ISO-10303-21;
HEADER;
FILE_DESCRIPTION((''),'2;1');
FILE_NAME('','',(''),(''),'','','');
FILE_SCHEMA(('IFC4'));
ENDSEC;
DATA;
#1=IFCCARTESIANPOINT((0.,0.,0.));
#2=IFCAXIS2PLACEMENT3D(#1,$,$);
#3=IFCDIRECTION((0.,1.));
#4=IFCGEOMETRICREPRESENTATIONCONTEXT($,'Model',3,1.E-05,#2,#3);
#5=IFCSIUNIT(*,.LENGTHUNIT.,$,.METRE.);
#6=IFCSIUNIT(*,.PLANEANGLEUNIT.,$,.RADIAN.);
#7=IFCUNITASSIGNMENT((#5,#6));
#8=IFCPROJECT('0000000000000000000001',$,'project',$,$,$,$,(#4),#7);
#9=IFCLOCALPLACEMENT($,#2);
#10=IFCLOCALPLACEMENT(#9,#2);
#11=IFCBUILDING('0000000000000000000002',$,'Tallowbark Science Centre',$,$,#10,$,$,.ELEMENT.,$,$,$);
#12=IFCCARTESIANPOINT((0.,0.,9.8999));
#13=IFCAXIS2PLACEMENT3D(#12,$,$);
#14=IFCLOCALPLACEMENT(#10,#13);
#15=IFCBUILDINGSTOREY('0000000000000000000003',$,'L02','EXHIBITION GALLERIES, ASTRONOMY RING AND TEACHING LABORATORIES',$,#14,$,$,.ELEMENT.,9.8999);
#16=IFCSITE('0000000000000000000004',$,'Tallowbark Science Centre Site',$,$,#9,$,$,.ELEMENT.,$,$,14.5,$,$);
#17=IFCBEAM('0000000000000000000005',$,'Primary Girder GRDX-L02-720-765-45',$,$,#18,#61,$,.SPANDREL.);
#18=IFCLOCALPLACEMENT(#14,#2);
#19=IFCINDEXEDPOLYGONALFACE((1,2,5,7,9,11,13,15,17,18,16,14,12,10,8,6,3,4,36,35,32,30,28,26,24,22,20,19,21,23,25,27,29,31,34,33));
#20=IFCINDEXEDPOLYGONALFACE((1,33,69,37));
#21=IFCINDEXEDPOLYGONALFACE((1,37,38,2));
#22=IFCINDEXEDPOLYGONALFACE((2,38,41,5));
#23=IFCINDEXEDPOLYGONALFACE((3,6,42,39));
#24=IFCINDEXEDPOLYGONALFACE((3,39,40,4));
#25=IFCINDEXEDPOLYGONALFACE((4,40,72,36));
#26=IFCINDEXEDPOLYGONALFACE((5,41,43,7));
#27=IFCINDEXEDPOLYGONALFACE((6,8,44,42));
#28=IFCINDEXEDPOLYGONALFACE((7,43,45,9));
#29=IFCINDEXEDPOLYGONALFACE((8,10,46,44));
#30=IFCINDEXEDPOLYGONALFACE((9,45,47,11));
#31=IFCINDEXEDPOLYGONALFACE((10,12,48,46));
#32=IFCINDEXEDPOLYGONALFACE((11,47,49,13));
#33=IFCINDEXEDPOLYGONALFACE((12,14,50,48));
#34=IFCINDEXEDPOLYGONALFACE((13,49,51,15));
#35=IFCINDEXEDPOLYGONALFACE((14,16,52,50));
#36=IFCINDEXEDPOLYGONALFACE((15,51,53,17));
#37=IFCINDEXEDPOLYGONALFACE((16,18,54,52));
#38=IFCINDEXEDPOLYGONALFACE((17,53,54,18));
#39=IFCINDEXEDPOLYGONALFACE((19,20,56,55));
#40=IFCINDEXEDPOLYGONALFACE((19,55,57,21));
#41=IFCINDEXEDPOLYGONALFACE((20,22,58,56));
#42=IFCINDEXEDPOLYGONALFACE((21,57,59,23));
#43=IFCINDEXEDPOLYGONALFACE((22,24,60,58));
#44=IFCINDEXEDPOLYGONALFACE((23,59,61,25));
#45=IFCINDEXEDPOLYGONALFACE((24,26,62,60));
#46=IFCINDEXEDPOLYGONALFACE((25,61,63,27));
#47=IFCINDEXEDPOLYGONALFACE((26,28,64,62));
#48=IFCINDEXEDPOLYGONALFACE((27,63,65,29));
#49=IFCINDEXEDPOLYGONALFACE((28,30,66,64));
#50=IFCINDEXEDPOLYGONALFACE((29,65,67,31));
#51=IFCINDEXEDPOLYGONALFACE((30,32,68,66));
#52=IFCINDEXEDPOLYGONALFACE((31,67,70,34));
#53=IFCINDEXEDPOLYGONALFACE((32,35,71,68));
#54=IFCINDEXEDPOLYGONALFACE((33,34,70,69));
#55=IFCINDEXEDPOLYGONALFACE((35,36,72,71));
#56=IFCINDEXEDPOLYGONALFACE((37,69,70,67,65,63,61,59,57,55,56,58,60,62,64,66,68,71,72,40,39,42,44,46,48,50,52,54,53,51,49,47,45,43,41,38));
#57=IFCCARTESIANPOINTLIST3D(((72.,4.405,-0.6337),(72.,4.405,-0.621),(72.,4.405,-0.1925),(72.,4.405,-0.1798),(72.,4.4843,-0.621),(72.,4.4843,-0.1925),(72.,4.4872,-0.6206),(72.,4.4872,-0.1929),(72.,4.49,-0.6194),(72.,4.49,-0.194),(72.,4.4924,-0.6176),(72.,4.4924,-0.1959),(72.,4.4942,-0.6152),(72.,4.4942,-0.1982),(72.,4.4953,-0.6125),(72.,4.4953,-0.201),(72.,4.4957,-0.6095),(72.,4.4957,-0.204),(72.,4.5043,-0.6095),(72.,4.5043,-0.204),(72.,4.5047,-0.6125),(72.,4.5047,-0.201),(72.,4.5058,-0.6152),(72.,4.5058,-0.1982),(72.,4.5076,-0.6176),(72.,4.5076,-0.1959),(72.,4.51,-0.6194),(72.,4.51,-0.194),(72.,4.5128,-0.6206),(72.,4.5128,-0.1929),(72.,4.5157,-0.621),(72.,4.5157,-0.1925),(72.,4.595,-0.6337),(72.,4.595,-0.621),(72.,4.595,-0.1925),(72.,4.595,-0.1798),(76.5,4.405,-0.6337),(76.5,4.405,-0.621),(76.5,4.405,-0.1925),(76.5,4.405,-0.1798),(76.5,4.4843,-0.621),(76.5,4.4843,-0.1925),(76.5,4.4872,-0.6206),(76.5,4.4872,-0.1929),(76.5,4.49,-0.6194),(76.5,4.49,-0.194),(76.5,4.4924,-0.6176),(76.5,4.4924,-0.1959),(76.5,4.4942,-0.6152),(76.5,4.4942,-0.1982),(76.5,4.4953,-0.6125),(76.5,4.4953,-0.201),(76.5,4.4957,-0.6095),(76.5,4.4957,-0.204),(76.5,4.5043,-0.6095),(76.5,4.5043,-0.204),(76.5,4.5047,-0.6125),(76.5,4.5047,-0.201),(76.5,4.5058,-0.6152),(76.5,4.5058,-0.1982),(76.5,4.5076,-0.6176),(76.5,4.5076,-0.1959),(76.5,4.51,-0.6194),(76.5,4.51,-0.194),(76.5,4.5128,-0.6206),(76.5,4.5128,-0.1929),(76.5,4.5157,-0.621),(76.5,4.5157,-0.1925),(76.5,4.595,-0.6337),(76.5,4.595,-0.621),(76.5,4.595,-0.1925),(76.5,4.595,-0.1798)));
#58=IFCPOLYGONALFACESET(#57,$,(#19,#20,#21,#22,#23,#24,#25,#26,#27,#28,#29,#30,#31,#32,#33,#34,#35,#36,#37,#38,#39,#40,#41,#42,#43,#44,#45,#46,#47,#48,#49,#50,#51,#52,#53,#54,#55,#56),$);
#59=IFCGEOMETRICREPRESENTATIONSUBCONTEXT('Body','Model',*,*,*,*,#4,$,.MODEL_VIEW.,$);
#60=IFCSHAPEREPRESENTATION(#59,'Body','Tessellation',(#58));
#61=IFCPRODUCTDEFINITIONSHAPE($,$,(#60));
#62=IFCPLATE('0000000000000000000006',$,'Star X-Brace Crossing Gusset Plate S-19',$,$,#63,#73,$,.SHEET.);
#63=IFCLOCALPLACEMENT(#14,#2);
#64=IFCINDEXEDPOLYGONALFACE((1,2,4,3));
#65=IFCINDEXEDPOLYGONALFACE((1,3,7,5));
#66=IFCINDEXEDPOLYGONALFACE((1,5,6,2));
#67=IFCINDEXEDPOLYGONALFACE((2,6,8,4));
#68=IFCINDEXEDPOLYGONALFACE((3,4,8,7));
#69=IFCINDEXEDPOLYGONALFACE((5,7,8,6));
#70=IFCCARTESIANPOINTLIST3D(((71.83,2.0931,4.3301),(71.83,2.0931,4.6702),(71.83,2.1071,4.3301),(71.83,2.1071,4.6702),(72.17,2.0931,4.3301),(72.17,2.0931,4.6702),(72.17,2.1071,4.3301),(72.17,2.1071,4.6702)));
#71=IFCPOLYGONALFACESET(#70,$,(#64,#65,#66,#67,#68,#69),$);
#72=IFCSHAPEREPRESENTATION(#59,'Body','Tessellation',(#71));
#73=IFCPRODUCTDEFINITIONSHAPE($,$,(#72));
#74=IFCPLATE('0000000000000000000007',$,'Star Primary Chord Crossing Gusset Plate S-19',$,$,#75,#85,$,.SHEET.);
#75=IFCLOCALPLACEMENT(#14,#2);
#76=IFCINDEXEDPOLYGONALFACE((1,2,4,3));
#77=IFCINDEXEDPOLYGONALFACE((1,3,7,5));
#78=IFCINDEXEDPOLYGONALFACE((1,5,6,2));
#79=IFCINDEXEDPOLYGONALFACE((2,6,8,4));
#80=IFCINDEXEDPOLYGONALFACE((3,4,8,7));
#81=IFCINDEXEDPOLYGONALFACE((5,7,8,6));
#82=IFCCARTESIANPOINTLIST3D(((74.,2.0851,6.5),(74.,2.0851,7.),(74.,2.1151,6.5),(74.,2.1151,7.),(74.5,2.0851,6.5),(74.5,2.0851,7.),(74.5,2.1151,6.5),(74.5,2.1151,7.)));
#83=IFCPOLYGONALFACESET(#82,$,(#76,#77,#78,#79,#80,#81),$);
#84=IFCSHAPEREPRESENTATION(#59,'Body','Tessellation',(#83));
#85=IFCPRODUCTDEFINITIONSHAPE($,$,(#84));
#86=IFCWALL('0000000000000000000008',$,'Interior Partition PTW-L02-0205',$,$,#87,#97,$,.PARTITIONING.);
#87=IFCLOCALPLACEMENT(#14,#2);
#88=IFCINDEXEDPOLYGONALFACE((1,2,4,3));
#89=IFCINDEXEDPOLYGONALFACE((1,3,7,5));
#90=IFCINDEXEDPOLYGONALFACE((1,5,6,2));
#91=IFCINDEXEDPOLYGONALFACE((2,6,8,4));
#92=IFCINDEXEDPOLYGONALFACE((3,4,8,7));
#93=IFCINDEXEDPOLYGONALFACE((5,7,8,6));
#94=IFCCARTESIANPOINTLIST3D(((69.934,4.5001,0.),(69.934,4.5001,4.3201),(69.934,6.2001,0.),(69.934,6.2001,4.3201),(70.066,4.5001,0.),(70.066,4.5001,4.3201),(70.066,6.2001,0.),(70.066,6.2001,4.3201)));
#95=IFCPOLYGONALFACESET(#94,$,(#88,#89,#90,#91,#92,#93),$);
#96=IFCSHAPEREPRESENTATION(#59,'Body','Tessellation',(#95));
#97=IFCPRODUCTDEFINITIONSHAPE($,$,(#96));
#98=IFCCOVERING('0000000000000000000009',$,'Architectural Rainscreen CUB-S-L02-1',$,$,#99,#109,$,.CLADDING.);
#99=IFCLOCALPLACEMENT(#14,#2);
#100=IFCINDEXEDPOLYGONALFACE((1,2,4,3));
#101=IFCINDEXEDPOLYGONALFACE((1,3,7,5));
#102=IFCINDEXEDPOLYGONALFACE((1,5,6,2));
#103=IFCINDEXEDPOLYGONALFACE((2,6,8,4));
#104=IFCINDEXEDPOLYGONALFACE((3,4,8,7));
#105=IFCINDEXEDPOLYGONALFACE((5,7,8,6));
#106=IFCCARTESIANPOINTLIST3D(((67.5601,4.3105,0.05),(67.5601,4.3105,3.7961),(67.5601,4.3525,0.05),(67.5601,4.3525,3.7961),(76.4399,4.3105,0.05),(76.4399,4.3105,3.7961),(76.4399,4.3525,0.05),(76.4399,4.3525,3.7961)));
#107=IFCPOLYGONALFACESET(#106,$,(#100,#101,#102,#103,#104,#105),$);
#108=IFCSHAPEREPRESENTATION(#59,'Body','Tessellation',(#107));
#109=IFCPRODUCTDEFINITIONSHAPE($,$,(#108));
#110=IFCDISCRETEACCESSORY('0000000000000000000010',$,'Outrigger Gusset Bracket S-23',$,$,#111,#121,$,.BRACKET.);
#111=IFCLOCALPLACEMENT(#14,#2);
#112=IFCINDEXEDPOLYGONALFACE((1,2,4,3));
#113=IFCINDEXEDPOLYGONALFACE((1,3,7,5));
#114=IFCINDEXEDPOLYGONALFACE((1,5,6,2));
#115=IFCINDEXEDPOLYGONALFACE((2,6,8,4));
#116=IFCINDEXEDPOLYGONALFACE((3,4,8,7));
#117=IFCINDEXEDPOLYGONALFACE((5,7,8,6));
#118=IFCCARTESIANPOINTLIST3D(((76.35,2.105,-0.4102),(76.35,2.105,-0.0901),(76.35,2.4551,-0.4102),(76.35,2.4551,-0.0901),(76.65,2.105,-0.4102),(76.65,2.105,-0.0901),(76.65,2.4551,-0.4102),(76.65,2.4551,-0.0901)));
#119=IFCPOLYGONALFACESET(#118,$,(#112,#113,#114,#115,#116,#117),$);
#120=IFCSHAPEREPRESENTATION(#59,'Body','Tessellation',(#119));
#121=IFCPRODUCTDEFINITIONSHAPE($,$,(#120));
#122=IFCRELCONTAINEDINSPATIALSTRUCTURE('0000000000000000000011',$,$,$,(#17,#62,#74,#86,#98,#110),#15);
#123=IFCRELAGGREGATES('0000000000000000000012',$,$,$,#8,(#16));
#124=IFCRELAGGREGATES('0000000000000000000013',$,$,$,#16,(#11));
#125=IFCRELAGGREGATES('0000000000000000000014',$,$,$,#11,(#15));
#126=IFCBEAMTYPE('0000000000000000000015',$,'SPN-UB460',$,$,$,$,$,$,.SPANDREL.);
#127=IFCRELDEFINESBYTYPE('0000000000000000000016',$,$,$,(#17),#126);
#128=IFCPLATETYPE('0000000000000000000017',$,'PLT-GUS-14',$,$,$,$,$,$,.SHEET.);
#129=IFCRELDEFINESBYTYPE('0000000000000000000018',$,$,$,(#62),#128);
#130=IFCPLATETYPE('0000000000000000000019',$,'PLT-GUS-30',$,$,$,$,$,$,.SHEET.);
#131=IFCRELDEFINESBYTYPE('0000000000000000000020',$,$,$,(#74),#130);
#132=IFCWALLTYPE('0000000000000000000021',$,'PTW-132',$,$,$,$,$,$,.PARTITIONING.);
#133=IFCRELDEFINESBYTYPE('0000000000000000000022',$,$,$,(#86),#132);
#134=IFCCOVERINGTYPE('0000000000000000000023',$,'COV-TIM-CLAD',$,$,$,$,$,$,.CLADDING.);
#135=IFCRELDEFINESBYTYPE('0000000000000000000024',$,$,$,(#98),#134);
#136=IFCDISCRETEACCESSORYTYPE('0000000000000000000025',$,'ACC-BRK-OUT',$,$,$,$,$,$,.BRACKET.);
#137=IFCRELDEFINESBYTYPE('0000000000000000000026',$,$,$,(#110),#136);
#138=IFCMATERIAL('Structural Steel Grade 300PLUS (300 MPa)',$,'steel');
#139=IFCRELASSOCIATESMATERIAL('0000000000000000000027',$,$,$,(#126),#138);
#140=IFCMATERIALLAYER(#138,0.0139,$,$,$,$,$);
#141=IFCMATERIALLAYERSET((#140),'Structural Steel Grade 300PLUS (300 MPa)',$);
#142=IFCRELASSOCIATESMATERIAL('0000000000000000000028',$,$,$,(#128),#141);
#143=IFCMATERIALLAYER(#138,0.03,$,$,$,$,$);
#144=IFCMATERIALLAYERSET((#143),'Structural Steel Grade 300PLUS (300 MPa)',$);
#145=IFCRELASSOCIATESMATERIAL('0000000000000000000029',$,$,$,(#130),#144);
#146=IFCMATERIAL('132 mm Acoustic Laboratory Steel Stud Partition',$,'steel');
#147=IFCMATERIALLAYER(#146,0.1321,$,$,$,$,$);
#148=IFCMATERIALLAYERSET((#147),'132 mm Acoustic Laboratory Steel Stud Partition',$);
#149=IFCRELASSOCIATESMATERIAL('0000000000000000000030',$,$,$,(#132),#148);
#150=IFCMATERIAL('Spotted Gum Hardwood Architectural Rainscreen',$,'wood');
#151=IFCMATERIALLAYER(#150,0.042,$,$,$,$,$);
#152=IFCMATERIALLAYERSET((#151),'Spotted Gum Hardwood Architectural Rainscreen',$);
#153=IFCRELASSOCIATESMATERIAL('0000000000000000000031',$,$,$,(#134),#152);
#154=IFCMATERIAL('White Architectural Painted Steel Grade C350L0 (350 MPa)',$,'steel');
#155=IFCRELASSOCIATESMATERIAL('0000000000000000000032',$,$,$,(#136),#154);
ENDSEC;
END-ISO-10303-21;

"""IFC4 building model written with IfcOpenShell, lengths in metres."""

from ifc_helpers import new_model, si_unit, direction, frame, frame_2d, origin, origin_2d, place, context, subcontext, project, spatial, rectangle, i_section, extrude, material, layer, layer_set, material_profile, profile_set, type_object, element, save


model = new_model("IFC4")

# Units and contexts
model_context = context("Model", 3, precision=1e-05, world=origin(), true_north=direction((0.0, 1.0)))
body_context = subcontext(model_context, "Body", "Model", "MODEL_VIEW")
ifc_project = project(units=[si_unit("LENGTHUNIT", "METRE"), si_unit("PLANEANGLEUNIT", "RADIAN")], contexts=[model_context])

# Site, building, storey
site_placement = place(None, origin())
site = spatial("IfcSite", under=ifc_project, at=site_placement, Name="Tallowbark Science Centre Site", CompositionType="ELEMENT", RefElevation=14.5)
building_placement = place(site_placement, origin())
building = spatial("IfcBuilding", under=site, at=building_placement, Name="Tallowbark Science Centre", CompositionType="ELEMENT")
storey_placement = place(building_placement, frame((0.0, 0.0, 9.8999)))
storey = spatial("IfcBuildingStorey", under=building, at=storey_placement, Name="L02", Description="EXHIBITION GALLERIES, ASTRONOMY RING AND TEACHING LABORATORIES", CompositionType="ELEMENT", Elevation=9.8999)

# Shared definitions
ifc_material_1 = material(Name="White Architectural Painted Steel Grade C350L0 (350 MPa)", Category="steel")
ifc_material_2 = material(Name="Structural Steel Grade 300PLUS (300 MPa)", Category="steel")

# Beam
ifc_material_profile_1 = material_profile(ifc_material_2, i_section(OverallWidth=0.1899, OverallDepth=0.4539, WebThickness=0.0085, FlangeThickness=0.0127, FilletRadius=0.0115, at=origin_2d()), Name="460UB67.1")
ifc_profile_set_1 = profile_set([ifc_material_profile_1], Name="Structural Steel Grade 300PLUS (300 MPa)")
beam_type_1 = type_object("IfcBeamType", Name="SPN-UB460", PredefinedType="SPANDREL", material=ifc_profile_set_1)
beam_1_placement = place(storey_placement, frame((72.0, 4.5, -0.4067), z_axis=(1.0, 0.0, 0.0), x_axis=(0.0, 1.0, 0.0)))
element("IfcBeam", 1, at=beam_1_placement, inside=storey, type_object=beam_type_1, Name="Primary Girder GRDX-L02-720-765-45", PredefinedType="SPANDREL", context=body_context, shape_type="SweptSolid", body=[
    extrude(i_section(OverallWidth=0.1899, OverallDepth=0.4539, WebThickness=0.0085, FlangeThickness=0.0127, FilletRadius=0.0115, at=origin_2d()), origin(), (0.0, 0.0, 1.0), 4.5),
])

# Plates
ifc_layer_1 = layer(ifc_material_2, 0.0139)
ifc_layer_set_1 = layer_set([ifc_layer_1], Name="Structural Steel Grade 300PLUS (300 MPa)")
plate_type_1 = type_object("IfcPlateType", Name="PLT-GUS-14", PredefinedType="SHEET", material=ifc_layer_set_1)
plate_1_placement = place(storey_placement, frame((72.0, 2.1001, 4.3301), z_axis=(0.0, 0.0, 1.0), x_axis=(1.0, 0.0, 0.0)))
element("IfcPlate", 2, at=plate_1_placement, inside=storey, type_object=plate_type_1, Name="Star X-Brace Crossing Gusset Plate S-19", PredefinedType="SHEET", context=body_context, shape_type="SweptSolid", body=[
    extrude(rectangle(XDim=0.3401, YDim=0.0139, at=origin_2d()), origin(), (0.0, 0.0, 1.0), 0.3401),
])
ifc_layer_2 = layer(ifc_material_2, 0.03)
ifc_layer_set_2 = layer_set([ifc_layer_2], Name="Structural Steel Grade 300PLUS (300 MPa)")
plate_type_2 = type_object("IfcPlateType", Name="PLT-GUS-30", PredefinedType="SHEET", material=ifc_layer_set_2)
plate_2_placement = place(storey_placement, frame((74.25, 2.1001, 6.5), z_axis=(0.0, 0.0, 1.0), x_axis=(1.0, 0.0, 0.0)))
element("IfcPlate", 3, at=plate_2_placement, inside=storey, type_object=plate_type_2, Name="Star Primary Chord Crossing Gusset Plate S-19", PredefinedType="SHEET", context=body_context, shape_type="SweptSolid", body=[
    extrude(rectangle(XDim=0.5, YDim=0.03, at=origin_2d()), origin(), (0.0, 0.0, 1.0), 0.5),
])

# Wall
ifc_material_3 = material(Name="132 mm Acoustic Laboratory Steel Stud Partition", Category="steel")
ifc_layer_3 = layer(ifc_material_3, 0.1321)
ifc_layer_set_3 = layer_set([ifc_layer_3], Name="132 mm Acoustic Laboratory Steel Stud Partition")
wall_type = type_object("IfcWallType", Name="PTW-132", PredefinedType="PARTITIONING", material=ifc_layer_set_3)
wall_placement = place(storey_placement, frame((70.0, 4.5, 0.0), z_axis=(0.0, 0.0, 1.0), x_axis=(0.0, 1.0, 0.0)))
element("IfcWall", 4, at=wall_placement, inside=storey, type_object=wall_type, Name="Interior Partition PTW-L02-0205", PredefinedType="PARTITIONING", context=body_context, shape_type="SweptSolid", body=[
    extrude(rectangle(XDim=1.7, YDim=0.1321, at=frame_2d((0.8501, 0.0))), origin(), (0.0, 0.0, 1.0), 4.3201),
])

# Covering
ifc_material_4 = material(Name="Spotted Gum Hardwood Architectural Rainscreen", Category="wood")
ifc_layer_4 = layer(ifc_material_4, 0.042)
ifc_layer_set_4 = layer_set([ifc_layer_4], Name="Spotted Gum Hardwood Architectural Rainscreen")
covering_type = type_object("IfcCoveringType", Name="COV-TIM-CLAD", PredefinedType="CLADDING", material=ifc_layer_set_4)
covering_placement = place(storey_placement, frame((72.0, 4.3315, 0.05), z_axis=(0.0, 0.0, 1.0), x_axis=(1.0, 0.0, 0.0)))
element("IfcCovering", 5, at=covering_placement, inside=storey, type_object=covering_type, Name="Architectural Rainscreen CUB-S-L02-1", PredefinedType="CLADDING", context=body_context, shape_type="SweptSolid", body=[
    extrude(rectangle(XDim=8.8799, YDim=0.042, at=origin_2d()), origin(), (0.0, 0.0, 1.0), 3.7461),
])

# Discrete accessory
discrete_accessory_type = type_object("IfcDiscreteAccessoryType", Name="ACC-BRK-OUT", PredefinedType="BRACKET", material=ifc_material_1)
discrete_accessory_placement = place(storey_placement, frame((76.5, 2.28, -0.4102), z_axis=(0.0, 0.0, 1.0), x_axis=(1.0, 0.0, 0.0)))
element("IfcDiscreteAccessory", 6, at=discrete_accessory_placement, inside=storey, type_object=discrete_accessory_type, Name="Outrigger Gusset Bracket S-23", PredefinedType="BRACKET", context=body_context, shape_type="SweptSolid", body=[
    extrude(rectangle(XDim=0.3, YDim=0.3501, at=origin_2d()), origin(), (0.0, 0.0, 1.0), 0.3201),
])

save(model, "model.ifc")
